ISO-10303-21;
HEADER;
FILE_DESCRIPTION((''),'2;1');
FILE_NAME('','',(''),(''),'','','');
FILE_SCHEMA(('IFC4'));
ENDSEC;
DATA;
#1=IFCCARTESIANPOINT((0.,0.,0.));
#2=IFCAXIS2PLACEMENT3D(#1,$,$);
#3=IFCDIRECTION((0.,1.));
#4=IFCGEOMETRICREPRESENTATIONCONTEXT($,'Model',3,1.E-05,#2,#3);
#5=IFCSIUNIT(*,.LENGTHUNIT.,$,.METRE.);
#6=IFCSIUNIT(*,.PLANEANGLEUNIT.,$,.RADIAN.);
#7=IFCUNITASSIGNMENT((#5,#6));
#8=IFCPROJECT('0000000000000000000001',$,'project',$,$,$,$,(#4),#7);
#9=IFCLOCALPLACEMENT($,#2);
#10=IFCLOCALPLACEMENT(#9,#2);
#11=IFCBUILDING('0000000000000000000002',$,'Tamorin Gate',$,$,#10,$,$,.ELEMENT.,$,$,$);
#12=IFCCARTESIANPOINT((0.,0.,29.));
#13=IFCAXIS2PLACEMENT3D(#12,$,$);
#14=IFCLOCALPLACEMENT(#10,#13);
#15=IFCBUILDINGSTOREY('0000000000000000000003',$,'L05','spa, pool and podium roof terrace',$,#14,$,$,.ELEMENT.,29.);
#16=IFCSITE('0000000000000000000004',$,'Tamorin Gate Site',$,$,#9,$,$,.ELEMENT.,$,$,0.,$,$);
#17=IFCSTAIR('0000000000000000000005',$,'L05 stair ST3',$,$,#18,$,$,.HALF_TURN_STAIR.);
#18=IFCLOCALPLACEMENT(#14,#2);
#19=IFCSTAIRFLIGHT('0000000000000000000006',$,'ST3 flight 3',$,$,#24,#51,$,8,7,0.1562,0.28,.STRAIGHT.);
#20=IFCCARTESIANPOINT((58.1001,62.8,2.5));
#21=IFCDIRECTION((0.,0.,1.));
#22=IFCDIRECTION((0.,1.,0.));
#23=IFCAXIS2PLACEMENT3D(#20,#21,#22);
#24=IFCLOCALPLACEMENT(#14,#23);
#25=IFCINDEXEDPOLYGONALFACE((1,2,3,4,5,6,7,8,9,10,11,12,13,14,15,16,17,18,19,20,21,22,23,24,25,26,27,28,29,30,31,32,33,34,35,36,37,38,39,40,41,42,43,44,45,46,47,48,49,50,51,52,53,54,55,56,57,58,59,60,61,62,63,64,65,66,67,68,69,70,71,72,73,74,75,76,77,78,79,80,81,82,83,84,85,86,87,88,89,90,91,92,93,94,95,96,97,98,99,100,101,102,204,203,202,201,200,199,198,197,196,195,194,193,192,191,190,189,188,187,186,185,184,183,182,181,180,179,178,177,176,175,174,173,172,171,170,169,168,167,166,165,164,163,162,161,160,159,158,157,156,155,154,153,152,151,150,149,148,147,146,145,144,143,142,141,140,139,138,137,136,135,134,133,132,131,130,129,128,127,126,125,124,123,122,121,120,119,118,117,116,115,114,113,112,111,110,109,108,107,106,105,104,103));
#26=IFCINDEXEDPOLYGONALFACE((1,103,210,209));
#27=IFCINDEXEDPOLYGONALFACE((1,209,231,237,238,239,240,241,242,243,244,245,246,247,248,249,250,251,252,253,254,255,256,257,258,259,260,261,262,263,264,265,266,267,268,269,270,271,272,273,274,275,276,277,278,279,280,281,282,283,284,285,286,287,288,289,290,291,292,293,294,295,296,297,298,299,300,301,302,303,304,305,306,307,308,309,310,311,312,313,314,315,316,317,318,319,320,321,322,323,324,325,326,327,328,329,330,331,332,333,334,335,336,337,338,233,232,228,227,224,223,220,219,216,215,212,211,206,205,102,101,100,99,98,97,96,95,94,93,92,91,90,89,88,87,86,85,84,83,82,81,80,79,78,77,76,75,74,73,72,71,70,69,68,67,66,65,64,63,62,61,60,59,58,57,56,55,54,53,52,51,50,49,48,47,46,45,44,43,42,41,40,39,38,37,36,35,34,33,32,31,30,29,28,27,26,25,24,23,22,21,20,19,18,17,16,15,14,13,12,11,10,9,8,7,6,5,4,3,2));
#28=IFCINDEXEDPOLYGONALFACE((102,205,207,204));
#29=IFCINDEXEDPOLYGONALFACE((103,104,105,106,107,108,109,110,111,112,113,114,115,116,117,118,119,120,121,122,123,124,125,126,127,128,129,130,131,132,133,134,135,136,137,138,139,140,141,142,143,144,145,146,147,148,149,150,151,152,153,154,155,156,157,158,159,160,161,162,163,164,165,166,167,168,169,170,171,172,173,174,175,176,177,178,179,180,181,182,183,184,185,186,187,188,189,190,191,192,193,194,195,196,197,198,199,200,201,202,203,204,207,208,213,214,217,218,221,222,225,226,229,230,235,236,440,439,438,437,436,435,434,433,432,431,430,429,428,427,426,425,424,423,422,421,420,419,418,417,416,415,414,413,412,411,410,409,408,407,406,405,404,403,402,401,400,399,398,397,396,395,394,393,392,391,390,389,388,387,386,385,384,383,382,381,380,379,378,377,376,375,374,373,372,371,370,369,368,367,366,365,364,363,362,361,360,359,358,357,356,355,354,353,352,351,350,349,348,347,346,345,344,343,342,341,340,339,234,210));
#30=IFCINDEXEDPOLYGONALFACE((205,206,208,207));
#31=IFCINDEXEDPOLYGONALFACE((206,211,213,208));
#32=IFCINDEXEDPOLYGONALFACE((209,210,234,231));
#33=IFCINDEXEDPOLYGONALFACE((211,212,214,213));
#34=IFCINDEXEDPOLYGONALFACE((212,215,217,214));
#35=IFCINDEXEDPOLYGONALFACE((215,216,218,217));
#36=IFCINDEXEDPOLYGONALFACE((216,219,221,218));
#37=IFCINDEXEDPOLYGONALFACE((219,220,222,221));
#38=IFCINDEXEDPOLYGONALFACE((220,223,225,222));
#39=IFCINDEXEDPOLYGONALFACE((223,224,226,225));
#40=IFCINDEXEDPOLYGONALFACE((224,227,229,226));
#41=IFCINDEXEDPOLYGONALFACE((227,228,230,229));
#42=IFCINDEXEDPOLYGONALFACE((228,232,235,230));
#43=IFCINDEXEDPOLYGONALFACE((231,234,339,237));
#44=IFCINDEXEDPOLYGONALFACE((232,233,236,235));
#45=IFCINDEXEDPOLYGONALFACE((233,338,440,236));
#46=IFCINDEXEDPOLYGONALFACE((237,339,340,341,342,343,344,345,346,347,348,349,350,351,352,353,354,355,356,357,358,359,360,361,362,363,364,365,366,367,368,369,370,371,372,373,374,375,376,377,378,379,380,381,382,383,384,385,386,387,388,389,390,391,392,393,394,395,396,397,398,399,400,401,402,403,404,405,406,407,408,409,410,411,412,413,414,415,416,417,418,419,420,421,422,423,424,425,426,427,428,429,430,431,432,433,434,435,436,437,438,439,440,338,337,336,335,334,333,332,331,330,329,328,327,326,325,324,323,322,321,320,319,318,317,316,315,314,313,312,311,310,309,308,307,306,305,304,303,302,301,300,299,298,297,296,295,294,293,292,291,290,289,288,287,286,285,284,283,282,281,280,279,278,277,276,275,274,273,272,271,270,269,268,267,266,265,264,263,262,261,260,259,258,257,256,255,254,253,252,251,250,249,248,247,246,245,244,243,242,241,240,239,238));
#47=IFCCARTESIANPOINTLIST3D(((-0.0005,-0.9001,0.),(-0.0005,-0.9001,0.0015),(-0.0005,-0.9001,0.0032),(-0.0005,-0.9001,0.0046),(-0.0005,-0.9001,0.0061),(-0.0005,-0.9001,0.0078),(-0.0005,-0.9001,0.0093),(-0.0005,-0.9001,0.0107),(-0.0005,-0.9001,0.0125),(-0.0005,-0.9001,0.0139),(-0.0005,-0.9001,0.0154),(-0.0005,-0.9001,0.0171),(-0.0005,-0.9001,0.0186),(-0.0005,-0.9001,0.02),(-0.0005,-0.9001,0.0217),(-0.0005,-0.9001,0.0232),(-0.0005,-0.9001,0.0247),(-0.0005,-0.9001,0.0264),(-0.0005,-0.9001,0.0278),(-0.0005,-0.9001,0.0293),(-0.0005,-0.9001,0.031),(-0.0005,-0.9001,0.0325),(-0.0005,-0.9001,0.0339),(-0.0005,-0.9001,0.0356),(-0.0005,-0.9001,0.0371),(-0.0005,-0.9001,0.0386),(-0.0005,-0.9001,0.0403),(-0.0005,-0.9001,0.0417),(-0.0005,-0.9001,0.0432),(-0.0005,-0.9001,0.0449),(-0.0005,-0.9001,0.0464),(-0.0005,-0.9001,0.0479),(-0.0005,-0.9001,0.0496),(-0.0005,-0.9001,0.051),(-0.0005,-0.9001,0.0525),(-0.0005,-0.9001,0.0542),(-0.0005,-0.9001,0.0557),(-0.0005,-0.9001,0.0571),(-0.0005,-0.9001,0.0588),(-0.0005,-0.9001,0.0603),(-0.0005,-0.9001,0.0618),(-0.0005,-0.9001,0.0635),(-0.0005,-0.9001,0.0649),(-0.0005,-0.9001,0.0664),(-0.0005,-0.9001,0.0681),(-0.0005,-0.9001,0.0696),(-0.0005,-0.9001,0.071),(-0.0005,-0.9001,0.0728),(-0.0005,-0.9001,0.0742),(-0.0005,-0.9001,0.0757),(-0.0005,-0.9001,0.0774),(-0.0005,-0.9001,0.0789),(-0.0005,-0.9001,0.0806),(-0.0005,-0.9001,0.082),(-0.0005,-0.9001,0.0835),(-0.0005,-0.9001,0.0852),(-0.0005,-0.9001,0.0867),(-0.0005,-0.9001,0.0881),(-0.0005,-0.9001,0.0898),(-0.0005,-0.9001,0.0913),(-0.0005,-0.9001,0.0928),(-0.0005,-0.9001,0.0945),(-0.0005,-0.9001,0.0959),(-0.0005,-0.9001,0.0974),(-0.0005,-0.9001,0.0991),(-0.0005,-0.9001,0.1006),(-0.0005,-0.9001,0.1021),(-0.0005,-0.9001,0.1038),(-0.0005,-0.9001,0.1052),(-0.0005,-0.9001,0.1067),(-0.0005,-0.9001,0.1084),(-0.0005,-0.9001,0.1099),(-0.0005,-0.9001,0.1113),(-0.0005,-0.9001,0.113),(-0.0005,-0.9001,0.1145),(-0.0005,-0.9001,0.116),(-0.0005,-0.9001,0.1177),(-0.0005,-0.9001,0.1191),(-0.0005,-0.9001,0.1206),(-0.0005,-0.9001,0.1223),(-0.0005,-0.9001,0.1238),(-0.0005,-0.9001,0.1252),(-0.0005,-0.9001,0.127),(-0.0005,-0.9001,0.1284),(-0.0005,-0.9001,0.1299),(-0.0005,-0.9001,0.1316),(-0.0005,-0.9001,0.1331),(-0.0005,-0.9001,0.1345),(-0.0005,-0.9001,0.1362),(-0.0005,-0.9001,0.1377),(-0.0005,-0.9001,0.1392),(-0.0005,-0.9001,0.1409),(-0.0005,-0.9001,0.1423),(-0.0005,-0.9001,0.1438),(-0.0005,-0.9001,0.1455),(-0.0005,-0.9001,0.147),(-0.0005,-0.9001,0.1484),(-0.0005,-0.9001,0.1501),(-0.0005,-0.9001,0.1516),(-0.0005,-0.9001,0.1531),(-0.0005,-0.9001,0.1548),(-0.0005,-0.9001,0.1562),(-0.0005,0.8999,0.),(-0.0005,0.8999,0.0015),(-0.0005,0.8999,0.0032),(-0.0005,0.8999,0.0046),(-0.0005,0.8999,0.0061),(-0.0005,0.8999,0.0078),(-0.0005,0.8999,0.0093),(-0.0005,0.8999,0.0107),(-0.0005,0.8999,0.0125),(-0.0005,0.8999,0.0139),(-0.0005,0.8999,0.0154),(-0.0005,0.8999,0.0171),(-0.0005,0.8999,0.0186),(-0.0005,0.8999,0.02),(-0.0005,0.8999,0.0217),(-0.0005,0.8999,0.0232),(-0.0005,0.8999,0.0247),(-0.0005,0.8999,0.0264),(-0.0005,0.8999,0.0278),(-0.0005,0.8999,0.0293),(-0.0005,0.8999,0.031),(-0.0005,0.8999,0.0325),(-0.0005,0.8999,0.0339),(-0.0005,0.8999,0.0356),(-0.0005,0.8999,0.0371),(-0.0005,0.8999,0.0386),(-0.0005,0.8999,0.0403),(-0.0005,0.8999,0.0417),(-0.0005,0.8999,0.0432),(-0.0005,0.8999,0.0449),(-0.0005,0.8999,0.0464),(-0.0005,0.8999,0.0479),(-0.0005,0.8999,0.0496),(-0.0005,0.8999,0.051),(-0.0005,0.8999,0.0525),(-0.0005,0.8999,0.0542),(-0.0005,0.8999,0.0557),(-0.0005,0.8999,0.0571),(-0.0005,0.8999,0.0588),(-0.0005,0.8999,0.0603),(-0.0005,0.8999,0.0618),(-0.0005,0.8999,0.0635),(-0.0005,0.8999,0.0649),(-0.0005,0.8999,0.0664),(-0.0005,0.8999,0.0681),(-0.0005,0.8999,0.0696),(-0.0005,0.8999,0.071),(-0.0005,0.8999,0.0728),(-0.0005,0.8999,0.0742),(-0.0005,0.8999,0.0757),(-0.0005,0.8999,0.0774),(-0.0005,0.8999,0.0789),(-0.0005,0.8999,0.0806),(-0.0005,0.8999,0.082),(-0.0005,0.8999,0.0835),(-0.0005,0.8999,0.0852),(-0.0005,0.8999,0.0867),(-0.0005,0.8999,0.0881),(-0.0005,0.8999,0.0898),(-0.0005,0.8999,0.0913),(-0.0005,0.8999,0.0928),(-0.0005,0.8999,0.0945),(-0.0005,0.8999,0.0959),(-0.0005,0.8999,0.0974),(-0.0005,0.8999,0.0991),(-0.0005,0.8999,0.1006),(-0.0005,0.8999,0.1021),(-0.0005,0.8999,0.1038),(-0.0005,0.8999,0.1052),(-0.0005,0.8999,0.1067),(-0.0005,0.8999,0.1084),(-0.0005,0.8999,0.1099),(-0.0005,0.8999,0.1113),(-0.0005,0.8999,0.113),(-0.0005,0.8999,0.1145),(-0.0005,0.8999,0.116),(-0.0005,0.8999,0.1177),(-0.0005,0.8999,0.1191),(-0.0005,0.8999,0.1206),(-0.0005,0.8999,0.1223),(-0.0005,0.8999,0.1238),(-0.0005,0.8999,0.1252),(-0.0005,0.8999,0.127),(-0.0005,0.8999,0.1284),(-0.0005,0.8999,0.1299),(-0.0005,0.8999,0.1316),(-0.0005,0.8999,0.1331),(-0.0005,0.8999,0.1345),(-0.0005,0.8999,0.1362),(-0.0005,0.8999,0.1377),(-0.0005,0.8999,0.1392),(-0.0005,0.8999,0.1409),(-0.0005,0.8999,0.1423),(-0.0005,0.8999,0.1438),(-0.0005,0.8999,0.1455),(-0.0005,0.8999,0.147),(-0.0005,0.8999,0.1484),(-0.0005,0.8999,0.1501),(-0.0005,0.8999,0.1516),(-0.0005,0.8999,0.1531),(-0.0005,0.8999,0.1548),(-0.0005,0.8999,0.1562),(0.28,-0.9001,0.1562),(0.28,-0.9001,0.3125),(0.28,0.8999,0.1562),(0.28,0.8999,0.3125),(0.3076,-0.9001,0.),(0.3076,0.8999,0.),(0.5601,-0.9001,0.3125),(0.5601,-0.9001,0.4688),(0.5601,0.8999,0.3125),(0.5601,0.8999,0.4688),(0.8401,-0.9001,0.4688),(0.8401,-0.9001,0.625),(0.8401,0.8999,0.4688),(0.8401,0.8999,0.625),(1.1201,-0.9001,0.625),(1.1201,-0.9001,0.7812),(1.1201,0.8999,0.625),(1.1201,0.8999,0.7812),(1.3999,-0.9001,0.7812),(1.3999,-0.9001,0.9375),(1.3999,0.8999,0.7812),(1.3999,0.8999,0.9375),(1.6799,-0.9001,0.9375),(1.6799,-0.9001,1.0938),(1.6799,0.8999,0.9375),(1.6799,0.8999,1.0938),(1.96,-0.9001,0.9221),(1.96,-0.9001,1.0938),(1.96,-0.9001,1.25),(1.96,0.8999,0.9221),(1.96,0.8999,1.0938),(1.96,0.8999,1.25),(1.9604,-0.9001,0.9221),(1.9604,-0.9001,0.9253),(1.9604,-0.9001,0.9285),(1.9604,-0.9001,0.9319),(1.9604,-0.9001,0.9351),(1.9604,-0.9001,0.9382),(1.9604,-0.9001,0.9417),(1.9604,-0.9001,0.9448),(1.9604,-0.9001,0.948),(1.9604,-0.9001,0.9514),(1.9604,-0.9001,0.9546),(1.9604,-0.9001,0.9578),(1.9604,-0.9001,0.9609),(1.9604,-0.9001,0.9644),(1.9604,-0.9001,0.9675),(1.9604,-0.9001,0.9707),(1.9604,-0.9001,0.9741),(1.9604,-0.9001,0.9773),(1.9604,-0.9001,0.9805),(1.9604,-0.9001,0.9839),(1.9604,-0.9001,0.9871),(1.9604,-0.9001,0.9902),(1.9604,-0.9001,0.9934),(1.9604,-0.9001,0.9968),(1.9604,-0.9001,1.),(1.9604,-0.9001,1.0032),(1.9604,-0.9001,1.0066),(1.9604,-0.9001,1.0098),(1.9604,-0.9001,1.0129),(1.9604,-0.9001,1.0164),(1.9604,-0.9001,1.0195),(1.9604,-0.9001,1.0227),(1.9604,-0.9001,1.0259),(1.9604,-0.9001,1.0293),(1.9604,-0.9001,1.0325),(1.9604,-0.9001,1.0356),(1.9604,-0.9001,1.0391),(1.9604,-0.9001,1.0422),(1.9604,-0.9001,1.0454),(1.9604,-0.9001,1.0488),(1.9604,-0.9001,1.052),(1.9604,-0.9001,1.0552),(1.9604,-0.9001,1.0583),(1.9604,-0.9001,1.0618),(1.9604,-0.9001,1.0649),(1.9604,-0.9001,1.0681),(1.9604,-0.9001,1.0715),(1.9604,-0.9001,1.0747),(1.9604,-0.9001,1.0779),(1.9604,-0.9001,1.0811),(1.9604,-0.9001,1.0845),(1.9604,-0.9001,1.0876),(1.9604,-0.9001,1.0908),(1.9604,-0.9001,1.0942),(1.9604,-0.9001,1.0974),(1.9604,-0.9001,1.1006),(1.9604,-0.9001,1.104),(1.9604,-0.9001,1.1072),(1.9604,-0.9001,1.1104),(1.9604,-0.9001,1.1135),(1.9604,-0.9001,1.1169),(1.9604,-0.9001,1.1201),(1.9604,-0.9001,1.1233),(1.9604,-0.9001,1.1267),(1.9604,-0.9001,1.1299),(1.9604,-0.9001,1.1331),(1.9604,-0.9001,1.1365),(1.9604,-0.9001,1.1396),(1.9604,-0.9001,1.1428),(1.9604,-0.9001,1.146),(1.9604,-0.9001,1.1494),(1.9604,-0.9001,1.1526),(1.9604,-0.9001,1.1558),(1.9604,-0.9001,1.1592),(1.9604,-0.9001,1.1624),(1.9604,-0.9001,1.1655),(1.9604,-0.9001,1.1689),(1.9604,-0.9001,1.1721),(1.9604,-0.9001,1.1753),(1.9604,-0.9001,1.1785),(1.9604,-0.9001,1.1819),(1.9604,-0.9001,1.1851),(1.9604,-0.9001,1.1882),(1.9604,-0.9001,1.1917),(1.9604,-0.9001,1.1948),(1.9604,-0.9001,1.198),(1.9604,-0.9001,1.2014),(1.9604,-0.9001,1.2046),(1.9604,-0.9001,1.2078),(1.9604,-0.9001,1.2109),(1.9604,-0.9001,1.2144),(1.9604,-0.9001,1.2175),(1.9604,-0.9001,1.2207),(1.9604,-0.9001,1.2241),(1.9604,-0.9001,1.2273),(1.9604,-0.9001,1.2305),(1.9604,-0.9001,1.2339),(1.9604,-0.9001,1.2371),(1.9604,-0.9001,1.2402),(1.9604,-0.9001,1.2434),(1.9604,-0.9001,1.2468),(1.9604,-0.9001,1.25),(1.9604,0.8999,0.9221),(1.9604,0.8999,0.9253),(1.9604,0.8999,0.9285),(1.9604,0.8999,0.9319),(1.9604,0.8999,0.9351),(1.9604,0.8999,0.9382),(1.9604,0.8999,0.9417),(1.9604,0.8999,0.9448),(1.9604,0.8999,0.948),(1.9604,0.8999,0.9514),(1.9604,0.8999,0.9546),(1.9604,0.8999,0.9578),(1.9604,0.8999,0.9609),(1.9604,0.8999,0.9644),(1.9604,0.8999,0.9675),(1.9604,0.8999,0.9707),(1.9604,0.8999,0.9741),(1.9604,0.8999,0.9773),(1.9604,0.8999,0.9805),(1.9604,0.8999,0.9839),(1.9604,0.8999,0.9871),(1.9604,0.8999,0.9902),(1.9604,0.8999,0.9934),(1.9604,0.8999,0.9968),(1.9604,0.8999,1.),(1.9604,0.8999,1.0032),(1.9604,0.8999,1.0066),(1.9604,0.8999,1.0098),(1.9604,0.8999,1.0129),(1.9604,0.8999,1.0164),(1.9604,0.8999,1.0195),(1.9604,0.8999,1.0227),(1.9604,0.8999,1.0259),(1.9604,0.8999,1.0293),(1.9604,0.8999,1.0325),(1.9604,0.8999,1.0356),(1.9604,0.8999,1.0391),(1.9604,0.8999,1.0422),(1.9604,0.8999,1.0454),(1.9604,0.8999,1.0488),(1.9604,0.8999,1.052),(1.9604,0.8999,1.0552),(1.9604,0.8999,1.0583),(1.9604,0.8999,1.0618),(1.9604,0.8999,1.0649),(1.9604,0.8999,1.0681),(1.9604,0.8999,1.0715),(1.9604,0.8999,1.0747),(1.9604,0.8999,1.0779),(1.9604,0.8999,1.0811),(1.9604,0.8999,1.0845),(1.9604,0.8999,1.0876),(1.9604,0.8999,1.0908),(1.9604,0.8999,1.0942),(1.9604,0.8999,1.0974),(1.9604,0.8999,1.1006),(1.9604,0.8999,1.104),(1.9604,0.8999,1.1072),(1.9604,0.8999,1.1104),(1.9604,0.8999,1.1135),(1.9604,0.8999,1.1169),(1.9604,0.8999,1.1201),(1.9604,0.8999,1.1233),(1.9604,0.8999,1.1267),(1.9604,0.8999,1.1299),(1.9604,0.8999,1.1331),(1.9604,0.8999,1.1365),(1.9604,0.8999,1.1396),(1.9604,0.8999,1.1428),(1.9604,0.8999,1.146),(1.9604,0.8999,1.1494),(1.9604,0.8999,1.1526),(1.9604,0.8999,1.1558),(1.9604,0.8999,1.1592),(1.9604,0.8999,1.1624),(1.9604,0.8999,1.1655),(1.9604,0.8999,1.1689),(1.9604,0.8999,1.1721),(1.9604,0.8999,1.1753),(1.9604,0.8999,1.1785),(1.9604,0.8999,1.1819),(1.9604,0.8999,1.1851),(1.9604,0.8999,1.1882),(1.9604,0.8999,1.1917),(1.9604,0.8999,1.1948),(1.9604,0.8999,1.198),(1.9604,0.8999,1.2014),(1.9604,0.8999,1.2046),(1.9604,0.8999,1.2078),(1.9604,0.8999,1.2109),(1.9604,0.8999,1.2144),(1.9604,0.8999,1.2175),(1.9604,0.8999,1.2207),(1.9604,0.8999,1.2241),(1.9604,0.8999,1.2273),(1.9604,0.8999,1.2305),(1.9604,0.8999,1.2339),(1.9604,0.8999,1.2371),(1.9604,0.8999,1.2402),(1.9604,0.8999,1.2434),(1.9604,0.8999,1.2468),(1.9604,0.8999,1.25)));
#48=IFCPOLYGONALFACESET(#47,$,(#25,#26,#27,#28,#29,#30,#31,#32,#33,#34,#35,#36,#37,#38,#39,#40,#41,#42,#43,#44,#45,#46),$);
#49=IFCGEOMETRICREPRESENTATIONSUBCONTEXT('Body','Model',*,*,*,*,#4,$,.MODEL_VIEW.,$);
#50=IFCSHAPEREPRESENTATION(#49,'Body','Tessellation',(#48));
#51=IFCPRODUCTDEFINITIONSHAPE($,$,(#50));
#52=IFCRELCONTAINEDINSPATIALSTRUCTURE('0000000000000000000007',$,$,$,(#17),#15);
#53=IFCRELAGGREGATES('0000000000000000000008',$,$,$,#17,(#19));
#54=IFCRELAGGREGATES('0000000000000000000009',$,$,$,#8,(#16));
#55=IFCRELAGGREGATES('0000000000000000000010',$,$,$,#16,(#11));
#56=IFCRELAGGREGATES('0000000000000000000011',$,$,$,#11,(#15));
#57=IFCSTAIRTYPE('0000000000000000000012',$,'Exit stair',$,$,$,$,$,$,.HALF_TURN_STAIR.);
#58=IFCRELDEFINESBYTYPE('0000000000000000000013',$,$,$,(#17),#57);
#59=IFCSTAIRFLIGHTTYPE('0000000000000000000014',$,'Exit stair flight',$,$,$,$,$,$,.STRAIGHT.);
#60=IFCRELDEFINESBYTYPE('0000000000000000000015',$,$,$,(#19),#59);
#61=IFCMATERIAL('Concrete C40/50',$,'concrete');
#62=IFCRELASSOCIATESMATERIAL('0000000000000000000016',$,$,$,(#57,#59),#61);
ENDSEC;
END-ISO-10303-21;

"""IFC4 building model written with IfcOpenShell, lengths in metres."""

from ifc_helpers import new_model, si_unit, direction, frame, origin, place, context, subcontext, project, spatial, polyline, outline, extrude, material, type_object, element, aggregate, save


model = new_model("IFC4")

# Units and contexts
model_context = context("Model", 3, precision=1e-05, world=origin(), true_north=direction((0.0, 1.0)))
body_context = subcontext(model_context, "Body", "Model", "MODEL_VIEW")
ifc_project = project(units=[si_unit("LENGTHUNIT", "METRE"), si_unit("PLANEANGLEUNIT", "RADIAN")], contexts=[model_context])

# Site, building, storey
site_placement = place(None, origin())
site = spatial("IfcSite", under=ifc_project, at=site_placement, Name="Tamorin Gate Site", CompositionType="ELEMENT", RefElevation=0.0)
building_placement = place(site_placement, origin())
building = spatial("IfcBuilding", under=site, at=building_placement, Name="Tamorin Gate", CompositionType="ELEMENT")
storey_placement = place(building_placement, frame((0.0, 0.0, 29.0)))
storey = spatial("IfcBuildingStorey", under=building, at=storey_placement, Name="L05", Description="spa, pool and podium roof terrace", CompositionType="ELEMENT", Elevation=29.0)

# Stair, stair flight
ifc_material_1 = material(Name="Concrete C40/50", Category="concrete")
stair_type = type_object("IfcStairType", Name="Exit stair", PredefinedType="HALF_TURN_STAIR", material=ifc_material_1)
stair_placement = place(storey_placement, origin())
stair = element("IfcStair", 1, at=stair_placement, inside=storey, type_object=stair_type, Name="L05 stair ST3", PredefinedType="HALF_TURN_STAIR")
stair_flight_type = type_object("IfcStairFlightType", Name="Exit stair flight", PredefinedType="STRAIGHT", material=ifc_material_1)
stair_flight_1_placement = place(storey_placement, frame((58.1001, 62.8, 2.5), z_axis=(0.0, 0.0, 1.0), x_axis=(0.0, 1.0, 0.0)))
stair_flight_1 = element("IfcStairFlight", 2, at=stair_flight_1_placement, type_object=stair_flight_type, Name="ST3 flight 3", NumberOfRisers=8, NumberOfTreads=7, PredefinedType="STRAIGHT", RiserHeight=0.1562, TreadLength=0.28, context=body_context, shape_type="SweptSolid", body=[
    extrude(outline(polyline([(-0.0005, 0.0), (-0.0005, 0.0015), (-0.0005, 0.0032), (-0.0005, 0.0046), (-0.0005, 0.0061), (-0.0005, 0.0078), (-0.0005, 0.0093), (-0.0005, 0.0107), (-0.0005, 0.0125), (-0.0005, 0.0139), (-0.0005, 0.0154), (-0.0005, 0.0171), (-0.0005, 0.0186), (-0.0005, 0.02), (-0.0005, 0.0217), (-0.0005, 0.0232), (-0.0005, 0.0247), (-0.0005, 0.0264), (-0.0005, 0.0278), (-0.0005, 0.0293), (-0.0005, 0.031), (-0.0005, 0.0325), (-0.0005, 0.0339), (-0.0005, 0.0356), (-0.0005, 0.0371), (-0.0005, 0.0386), (-0.0005, 0.0403), (-0.0005, 0.0417), (-0.0005, 0.0432), (-0.0005, 0.0449), (-0.0005, 0.0464), (-0.0005, 0.0479), (-0.0005, 0.0496), (-0.0005, 0.051), (-0.0005, 0.0525), (-0.0005, 0.0542), (-0.0005, 0.0557), (-0.0005, 0.0571), (-0.0005, 0.0588), (-0.0005, 0.0603), (-0.0005, 0.0618), (-0.0005, 0.0635), (-0.0005, 0.0649), (-0.0005, 0.0664), (-0.0005, 0.0681), (-0.0005, 0.0696), (-0.0005, 0.071), (-0.0005, 0.0728), (-0.0005, 0.0742), (-0.0005, 0.0757), (-0.0005, 0.0774), (-0.0005, 0.0789), (-0.0005, 0.0806), (-0.0005, 0.082), (-0.0005, 0.0835), (-0.0005, 0.0852), (-0.0005, 0.0867), (-0.0005, 0.0881), (-0.0005, 0.0898), (-0.0005, 0.0913), (-0.0005, 0.0928), (-0.0005, 0.0945), (-0.0005, 0.0959), (-0.0005, 0.0974), (-0.0005, 0.0991), (-0.0005, 0.1006), (-0.0005, 0.1021), (-0.0005, 0.1038), (-0.0005, 0.1052), (-0.0005, 0.1067), (-0.0005, 0.1084), (-0.0005, 0.1099), (-0.0005, 0.1113), (-0.0005, 0.113), (-0.0005, 0.1145), (-0.0005, 0.116), (-0.0005, 0.1177), (-0.0005, 0.1191), (-0.0005, 0.1206), (-0.0005, 0.1223), (-0.0005, 0.1238), (-0.0005, 0.1252), (-0.0005, 0.127), (-0.0005, 0.1284), (-0.0005, 0.1299), (-0.0005, 0.1316), (-0.0005, 0.1331), (-0.0005, 0.1345), (-0.0005, 0.1362), (-0.0005, 0.1377), (-0.0005, 0.1392), (-0.0005, 0.1409), (-0.0005, 0.1423), (-0.0005, 0.1438), (-0.0005, 0.1455), (-0.0005, 0.147), (-0.0005, 0.1484), (-0.0005, 0.1501), (-0.0005, 0.1516), (-0.0005, 0.1531), (-0.0005, 0.1548), (-0.0005, 0.1562), (0.28, 0.1562), (0.28, 0.3125), (0.5601, 0.3125), (0.5601, 0.4688), (0.8401, 0.4688), (0.8401, 0.625), (1.1201, 0.625), (1.1201, 0.7812), (1.3999, 0.7812), (1.3999, 0.9375), (1.6799, 0.9375), (1.6799, 1.0938), (1.96, 1.0938), (1.96, 1.25), (1.9604, 1.25), (1.9604, 1.2468), (1.9604, 1.2434), (1.9604, 1.2402), (1.9604, 1.2371), (1.9604, 1.2339), (1.9604, 1.2305), (1.9604, 1.2273), (1.9604, 1.2241), (1.9604, 1.2207), (1.9604, 1.2175), (1.9604, 1.2144), (1.9604, 1.2109), (1.9604, 1.2078), (1.9604, 1.2046), (1.9604, 1.2014), (1.9604, 1.198), (1.9604, 1.1948), (1.9604, 1.1917), (1.9604, 1.1882), (1.9604, 1.1851), (1.9604, 1.1819), (1.9604, 1.1785), (1.9604, 1.1753), (1.9604, 1.1721), (1.9604, 1.1689), (1.9604, 1.1655), (1.9604, 1.1624), (1.9604, 1.1592), (1.9604, 1.1558), (1.9604, 1.1526), (1.9604, 1.1494), (1.9604, 1.146), (1.9604, 1.1428), (1.9604, 1.1396), (1.9604, 1.1365), (1.9604, 1.1331), (1.9604, 1.1299), (1.9604, 1.1267), (1.9604, 1.1233), (1.9604, 1.1201), (1.9604, 1.1169), (1.9604, 1.1135), (1.9604, 1.1104), (1.9604, 1.1072), (1.9604, 1.104), (1.9604, 1.1006), (1.9604, 1.0974), (1.9604, 1.0942), (1.9604, 1.0908), (1.9604, 1.0876), (1.9604, 1.0845), (1.9604, 1.0811), (1.9604, 1.0779), (1.9604, 1.0747), (1.9604, 1.0715), (1.9604, 1.0681), (1.9604, 1.0649), (1.9604, 1.0618), (1.9604, 1.0583), (1.9604, 1.0552), (1.9604, 1.052), (1.9604, 1.0488), (1.9604, 1.0454), (1.9604, 1.0422), (1.9604, 1.0391), (1.9604, 1.0356), (1.9604, 1.0325), (1.9604, 1.0293), (1.9604, 1.0259), (1.9604, 1.0227), (1.9604, 1.0195), (1.9604, 1.0164), (1.9604, 1.0129), (1.9604, 1.0098), (1.9604, 1.0066), (1.9604, 1.0032), (1.9604, 1.0), (1.9604, 0.9968), (1.9604, 0.9934), (1.9604, 0.9902), (1.9604, 0.9871), (1.9604, 0.9839), (1.9604, 0.9805), (1.9604, 0.9773), (1.9604, 0.9741), (1.9604, 0.9707), (1.9604, 0.9675), (1.9604, 0.9644), (1.9604, 0.9609), (1.9604, 0.9578), (1.9604, 0.9546), (1.9604, 0.9514), (1.9604, 0.948), (1.9604, 0.9448), (1.9604, 0.9417), (1.9604, 0.9382), (1.9604, 0.9351), (1.9604, 0.9319), (1.9604, 0.9285), (1.9604, 0.9253), (1.9604, 0.9221), (1.96, 0.9221), (0.3076, 0.0), (-0.0005, 0.0)])), frame((0.0, 0.8999, 0.0), z_axis=(0.0, -1.0, 0.0), x_axis=(1.0, 0.0, 0.0)), (0.0, 0.0, 1.0), 1.8),
])
aggregate(stair, [stair_flight_1])

save(model, "model.ifc")
